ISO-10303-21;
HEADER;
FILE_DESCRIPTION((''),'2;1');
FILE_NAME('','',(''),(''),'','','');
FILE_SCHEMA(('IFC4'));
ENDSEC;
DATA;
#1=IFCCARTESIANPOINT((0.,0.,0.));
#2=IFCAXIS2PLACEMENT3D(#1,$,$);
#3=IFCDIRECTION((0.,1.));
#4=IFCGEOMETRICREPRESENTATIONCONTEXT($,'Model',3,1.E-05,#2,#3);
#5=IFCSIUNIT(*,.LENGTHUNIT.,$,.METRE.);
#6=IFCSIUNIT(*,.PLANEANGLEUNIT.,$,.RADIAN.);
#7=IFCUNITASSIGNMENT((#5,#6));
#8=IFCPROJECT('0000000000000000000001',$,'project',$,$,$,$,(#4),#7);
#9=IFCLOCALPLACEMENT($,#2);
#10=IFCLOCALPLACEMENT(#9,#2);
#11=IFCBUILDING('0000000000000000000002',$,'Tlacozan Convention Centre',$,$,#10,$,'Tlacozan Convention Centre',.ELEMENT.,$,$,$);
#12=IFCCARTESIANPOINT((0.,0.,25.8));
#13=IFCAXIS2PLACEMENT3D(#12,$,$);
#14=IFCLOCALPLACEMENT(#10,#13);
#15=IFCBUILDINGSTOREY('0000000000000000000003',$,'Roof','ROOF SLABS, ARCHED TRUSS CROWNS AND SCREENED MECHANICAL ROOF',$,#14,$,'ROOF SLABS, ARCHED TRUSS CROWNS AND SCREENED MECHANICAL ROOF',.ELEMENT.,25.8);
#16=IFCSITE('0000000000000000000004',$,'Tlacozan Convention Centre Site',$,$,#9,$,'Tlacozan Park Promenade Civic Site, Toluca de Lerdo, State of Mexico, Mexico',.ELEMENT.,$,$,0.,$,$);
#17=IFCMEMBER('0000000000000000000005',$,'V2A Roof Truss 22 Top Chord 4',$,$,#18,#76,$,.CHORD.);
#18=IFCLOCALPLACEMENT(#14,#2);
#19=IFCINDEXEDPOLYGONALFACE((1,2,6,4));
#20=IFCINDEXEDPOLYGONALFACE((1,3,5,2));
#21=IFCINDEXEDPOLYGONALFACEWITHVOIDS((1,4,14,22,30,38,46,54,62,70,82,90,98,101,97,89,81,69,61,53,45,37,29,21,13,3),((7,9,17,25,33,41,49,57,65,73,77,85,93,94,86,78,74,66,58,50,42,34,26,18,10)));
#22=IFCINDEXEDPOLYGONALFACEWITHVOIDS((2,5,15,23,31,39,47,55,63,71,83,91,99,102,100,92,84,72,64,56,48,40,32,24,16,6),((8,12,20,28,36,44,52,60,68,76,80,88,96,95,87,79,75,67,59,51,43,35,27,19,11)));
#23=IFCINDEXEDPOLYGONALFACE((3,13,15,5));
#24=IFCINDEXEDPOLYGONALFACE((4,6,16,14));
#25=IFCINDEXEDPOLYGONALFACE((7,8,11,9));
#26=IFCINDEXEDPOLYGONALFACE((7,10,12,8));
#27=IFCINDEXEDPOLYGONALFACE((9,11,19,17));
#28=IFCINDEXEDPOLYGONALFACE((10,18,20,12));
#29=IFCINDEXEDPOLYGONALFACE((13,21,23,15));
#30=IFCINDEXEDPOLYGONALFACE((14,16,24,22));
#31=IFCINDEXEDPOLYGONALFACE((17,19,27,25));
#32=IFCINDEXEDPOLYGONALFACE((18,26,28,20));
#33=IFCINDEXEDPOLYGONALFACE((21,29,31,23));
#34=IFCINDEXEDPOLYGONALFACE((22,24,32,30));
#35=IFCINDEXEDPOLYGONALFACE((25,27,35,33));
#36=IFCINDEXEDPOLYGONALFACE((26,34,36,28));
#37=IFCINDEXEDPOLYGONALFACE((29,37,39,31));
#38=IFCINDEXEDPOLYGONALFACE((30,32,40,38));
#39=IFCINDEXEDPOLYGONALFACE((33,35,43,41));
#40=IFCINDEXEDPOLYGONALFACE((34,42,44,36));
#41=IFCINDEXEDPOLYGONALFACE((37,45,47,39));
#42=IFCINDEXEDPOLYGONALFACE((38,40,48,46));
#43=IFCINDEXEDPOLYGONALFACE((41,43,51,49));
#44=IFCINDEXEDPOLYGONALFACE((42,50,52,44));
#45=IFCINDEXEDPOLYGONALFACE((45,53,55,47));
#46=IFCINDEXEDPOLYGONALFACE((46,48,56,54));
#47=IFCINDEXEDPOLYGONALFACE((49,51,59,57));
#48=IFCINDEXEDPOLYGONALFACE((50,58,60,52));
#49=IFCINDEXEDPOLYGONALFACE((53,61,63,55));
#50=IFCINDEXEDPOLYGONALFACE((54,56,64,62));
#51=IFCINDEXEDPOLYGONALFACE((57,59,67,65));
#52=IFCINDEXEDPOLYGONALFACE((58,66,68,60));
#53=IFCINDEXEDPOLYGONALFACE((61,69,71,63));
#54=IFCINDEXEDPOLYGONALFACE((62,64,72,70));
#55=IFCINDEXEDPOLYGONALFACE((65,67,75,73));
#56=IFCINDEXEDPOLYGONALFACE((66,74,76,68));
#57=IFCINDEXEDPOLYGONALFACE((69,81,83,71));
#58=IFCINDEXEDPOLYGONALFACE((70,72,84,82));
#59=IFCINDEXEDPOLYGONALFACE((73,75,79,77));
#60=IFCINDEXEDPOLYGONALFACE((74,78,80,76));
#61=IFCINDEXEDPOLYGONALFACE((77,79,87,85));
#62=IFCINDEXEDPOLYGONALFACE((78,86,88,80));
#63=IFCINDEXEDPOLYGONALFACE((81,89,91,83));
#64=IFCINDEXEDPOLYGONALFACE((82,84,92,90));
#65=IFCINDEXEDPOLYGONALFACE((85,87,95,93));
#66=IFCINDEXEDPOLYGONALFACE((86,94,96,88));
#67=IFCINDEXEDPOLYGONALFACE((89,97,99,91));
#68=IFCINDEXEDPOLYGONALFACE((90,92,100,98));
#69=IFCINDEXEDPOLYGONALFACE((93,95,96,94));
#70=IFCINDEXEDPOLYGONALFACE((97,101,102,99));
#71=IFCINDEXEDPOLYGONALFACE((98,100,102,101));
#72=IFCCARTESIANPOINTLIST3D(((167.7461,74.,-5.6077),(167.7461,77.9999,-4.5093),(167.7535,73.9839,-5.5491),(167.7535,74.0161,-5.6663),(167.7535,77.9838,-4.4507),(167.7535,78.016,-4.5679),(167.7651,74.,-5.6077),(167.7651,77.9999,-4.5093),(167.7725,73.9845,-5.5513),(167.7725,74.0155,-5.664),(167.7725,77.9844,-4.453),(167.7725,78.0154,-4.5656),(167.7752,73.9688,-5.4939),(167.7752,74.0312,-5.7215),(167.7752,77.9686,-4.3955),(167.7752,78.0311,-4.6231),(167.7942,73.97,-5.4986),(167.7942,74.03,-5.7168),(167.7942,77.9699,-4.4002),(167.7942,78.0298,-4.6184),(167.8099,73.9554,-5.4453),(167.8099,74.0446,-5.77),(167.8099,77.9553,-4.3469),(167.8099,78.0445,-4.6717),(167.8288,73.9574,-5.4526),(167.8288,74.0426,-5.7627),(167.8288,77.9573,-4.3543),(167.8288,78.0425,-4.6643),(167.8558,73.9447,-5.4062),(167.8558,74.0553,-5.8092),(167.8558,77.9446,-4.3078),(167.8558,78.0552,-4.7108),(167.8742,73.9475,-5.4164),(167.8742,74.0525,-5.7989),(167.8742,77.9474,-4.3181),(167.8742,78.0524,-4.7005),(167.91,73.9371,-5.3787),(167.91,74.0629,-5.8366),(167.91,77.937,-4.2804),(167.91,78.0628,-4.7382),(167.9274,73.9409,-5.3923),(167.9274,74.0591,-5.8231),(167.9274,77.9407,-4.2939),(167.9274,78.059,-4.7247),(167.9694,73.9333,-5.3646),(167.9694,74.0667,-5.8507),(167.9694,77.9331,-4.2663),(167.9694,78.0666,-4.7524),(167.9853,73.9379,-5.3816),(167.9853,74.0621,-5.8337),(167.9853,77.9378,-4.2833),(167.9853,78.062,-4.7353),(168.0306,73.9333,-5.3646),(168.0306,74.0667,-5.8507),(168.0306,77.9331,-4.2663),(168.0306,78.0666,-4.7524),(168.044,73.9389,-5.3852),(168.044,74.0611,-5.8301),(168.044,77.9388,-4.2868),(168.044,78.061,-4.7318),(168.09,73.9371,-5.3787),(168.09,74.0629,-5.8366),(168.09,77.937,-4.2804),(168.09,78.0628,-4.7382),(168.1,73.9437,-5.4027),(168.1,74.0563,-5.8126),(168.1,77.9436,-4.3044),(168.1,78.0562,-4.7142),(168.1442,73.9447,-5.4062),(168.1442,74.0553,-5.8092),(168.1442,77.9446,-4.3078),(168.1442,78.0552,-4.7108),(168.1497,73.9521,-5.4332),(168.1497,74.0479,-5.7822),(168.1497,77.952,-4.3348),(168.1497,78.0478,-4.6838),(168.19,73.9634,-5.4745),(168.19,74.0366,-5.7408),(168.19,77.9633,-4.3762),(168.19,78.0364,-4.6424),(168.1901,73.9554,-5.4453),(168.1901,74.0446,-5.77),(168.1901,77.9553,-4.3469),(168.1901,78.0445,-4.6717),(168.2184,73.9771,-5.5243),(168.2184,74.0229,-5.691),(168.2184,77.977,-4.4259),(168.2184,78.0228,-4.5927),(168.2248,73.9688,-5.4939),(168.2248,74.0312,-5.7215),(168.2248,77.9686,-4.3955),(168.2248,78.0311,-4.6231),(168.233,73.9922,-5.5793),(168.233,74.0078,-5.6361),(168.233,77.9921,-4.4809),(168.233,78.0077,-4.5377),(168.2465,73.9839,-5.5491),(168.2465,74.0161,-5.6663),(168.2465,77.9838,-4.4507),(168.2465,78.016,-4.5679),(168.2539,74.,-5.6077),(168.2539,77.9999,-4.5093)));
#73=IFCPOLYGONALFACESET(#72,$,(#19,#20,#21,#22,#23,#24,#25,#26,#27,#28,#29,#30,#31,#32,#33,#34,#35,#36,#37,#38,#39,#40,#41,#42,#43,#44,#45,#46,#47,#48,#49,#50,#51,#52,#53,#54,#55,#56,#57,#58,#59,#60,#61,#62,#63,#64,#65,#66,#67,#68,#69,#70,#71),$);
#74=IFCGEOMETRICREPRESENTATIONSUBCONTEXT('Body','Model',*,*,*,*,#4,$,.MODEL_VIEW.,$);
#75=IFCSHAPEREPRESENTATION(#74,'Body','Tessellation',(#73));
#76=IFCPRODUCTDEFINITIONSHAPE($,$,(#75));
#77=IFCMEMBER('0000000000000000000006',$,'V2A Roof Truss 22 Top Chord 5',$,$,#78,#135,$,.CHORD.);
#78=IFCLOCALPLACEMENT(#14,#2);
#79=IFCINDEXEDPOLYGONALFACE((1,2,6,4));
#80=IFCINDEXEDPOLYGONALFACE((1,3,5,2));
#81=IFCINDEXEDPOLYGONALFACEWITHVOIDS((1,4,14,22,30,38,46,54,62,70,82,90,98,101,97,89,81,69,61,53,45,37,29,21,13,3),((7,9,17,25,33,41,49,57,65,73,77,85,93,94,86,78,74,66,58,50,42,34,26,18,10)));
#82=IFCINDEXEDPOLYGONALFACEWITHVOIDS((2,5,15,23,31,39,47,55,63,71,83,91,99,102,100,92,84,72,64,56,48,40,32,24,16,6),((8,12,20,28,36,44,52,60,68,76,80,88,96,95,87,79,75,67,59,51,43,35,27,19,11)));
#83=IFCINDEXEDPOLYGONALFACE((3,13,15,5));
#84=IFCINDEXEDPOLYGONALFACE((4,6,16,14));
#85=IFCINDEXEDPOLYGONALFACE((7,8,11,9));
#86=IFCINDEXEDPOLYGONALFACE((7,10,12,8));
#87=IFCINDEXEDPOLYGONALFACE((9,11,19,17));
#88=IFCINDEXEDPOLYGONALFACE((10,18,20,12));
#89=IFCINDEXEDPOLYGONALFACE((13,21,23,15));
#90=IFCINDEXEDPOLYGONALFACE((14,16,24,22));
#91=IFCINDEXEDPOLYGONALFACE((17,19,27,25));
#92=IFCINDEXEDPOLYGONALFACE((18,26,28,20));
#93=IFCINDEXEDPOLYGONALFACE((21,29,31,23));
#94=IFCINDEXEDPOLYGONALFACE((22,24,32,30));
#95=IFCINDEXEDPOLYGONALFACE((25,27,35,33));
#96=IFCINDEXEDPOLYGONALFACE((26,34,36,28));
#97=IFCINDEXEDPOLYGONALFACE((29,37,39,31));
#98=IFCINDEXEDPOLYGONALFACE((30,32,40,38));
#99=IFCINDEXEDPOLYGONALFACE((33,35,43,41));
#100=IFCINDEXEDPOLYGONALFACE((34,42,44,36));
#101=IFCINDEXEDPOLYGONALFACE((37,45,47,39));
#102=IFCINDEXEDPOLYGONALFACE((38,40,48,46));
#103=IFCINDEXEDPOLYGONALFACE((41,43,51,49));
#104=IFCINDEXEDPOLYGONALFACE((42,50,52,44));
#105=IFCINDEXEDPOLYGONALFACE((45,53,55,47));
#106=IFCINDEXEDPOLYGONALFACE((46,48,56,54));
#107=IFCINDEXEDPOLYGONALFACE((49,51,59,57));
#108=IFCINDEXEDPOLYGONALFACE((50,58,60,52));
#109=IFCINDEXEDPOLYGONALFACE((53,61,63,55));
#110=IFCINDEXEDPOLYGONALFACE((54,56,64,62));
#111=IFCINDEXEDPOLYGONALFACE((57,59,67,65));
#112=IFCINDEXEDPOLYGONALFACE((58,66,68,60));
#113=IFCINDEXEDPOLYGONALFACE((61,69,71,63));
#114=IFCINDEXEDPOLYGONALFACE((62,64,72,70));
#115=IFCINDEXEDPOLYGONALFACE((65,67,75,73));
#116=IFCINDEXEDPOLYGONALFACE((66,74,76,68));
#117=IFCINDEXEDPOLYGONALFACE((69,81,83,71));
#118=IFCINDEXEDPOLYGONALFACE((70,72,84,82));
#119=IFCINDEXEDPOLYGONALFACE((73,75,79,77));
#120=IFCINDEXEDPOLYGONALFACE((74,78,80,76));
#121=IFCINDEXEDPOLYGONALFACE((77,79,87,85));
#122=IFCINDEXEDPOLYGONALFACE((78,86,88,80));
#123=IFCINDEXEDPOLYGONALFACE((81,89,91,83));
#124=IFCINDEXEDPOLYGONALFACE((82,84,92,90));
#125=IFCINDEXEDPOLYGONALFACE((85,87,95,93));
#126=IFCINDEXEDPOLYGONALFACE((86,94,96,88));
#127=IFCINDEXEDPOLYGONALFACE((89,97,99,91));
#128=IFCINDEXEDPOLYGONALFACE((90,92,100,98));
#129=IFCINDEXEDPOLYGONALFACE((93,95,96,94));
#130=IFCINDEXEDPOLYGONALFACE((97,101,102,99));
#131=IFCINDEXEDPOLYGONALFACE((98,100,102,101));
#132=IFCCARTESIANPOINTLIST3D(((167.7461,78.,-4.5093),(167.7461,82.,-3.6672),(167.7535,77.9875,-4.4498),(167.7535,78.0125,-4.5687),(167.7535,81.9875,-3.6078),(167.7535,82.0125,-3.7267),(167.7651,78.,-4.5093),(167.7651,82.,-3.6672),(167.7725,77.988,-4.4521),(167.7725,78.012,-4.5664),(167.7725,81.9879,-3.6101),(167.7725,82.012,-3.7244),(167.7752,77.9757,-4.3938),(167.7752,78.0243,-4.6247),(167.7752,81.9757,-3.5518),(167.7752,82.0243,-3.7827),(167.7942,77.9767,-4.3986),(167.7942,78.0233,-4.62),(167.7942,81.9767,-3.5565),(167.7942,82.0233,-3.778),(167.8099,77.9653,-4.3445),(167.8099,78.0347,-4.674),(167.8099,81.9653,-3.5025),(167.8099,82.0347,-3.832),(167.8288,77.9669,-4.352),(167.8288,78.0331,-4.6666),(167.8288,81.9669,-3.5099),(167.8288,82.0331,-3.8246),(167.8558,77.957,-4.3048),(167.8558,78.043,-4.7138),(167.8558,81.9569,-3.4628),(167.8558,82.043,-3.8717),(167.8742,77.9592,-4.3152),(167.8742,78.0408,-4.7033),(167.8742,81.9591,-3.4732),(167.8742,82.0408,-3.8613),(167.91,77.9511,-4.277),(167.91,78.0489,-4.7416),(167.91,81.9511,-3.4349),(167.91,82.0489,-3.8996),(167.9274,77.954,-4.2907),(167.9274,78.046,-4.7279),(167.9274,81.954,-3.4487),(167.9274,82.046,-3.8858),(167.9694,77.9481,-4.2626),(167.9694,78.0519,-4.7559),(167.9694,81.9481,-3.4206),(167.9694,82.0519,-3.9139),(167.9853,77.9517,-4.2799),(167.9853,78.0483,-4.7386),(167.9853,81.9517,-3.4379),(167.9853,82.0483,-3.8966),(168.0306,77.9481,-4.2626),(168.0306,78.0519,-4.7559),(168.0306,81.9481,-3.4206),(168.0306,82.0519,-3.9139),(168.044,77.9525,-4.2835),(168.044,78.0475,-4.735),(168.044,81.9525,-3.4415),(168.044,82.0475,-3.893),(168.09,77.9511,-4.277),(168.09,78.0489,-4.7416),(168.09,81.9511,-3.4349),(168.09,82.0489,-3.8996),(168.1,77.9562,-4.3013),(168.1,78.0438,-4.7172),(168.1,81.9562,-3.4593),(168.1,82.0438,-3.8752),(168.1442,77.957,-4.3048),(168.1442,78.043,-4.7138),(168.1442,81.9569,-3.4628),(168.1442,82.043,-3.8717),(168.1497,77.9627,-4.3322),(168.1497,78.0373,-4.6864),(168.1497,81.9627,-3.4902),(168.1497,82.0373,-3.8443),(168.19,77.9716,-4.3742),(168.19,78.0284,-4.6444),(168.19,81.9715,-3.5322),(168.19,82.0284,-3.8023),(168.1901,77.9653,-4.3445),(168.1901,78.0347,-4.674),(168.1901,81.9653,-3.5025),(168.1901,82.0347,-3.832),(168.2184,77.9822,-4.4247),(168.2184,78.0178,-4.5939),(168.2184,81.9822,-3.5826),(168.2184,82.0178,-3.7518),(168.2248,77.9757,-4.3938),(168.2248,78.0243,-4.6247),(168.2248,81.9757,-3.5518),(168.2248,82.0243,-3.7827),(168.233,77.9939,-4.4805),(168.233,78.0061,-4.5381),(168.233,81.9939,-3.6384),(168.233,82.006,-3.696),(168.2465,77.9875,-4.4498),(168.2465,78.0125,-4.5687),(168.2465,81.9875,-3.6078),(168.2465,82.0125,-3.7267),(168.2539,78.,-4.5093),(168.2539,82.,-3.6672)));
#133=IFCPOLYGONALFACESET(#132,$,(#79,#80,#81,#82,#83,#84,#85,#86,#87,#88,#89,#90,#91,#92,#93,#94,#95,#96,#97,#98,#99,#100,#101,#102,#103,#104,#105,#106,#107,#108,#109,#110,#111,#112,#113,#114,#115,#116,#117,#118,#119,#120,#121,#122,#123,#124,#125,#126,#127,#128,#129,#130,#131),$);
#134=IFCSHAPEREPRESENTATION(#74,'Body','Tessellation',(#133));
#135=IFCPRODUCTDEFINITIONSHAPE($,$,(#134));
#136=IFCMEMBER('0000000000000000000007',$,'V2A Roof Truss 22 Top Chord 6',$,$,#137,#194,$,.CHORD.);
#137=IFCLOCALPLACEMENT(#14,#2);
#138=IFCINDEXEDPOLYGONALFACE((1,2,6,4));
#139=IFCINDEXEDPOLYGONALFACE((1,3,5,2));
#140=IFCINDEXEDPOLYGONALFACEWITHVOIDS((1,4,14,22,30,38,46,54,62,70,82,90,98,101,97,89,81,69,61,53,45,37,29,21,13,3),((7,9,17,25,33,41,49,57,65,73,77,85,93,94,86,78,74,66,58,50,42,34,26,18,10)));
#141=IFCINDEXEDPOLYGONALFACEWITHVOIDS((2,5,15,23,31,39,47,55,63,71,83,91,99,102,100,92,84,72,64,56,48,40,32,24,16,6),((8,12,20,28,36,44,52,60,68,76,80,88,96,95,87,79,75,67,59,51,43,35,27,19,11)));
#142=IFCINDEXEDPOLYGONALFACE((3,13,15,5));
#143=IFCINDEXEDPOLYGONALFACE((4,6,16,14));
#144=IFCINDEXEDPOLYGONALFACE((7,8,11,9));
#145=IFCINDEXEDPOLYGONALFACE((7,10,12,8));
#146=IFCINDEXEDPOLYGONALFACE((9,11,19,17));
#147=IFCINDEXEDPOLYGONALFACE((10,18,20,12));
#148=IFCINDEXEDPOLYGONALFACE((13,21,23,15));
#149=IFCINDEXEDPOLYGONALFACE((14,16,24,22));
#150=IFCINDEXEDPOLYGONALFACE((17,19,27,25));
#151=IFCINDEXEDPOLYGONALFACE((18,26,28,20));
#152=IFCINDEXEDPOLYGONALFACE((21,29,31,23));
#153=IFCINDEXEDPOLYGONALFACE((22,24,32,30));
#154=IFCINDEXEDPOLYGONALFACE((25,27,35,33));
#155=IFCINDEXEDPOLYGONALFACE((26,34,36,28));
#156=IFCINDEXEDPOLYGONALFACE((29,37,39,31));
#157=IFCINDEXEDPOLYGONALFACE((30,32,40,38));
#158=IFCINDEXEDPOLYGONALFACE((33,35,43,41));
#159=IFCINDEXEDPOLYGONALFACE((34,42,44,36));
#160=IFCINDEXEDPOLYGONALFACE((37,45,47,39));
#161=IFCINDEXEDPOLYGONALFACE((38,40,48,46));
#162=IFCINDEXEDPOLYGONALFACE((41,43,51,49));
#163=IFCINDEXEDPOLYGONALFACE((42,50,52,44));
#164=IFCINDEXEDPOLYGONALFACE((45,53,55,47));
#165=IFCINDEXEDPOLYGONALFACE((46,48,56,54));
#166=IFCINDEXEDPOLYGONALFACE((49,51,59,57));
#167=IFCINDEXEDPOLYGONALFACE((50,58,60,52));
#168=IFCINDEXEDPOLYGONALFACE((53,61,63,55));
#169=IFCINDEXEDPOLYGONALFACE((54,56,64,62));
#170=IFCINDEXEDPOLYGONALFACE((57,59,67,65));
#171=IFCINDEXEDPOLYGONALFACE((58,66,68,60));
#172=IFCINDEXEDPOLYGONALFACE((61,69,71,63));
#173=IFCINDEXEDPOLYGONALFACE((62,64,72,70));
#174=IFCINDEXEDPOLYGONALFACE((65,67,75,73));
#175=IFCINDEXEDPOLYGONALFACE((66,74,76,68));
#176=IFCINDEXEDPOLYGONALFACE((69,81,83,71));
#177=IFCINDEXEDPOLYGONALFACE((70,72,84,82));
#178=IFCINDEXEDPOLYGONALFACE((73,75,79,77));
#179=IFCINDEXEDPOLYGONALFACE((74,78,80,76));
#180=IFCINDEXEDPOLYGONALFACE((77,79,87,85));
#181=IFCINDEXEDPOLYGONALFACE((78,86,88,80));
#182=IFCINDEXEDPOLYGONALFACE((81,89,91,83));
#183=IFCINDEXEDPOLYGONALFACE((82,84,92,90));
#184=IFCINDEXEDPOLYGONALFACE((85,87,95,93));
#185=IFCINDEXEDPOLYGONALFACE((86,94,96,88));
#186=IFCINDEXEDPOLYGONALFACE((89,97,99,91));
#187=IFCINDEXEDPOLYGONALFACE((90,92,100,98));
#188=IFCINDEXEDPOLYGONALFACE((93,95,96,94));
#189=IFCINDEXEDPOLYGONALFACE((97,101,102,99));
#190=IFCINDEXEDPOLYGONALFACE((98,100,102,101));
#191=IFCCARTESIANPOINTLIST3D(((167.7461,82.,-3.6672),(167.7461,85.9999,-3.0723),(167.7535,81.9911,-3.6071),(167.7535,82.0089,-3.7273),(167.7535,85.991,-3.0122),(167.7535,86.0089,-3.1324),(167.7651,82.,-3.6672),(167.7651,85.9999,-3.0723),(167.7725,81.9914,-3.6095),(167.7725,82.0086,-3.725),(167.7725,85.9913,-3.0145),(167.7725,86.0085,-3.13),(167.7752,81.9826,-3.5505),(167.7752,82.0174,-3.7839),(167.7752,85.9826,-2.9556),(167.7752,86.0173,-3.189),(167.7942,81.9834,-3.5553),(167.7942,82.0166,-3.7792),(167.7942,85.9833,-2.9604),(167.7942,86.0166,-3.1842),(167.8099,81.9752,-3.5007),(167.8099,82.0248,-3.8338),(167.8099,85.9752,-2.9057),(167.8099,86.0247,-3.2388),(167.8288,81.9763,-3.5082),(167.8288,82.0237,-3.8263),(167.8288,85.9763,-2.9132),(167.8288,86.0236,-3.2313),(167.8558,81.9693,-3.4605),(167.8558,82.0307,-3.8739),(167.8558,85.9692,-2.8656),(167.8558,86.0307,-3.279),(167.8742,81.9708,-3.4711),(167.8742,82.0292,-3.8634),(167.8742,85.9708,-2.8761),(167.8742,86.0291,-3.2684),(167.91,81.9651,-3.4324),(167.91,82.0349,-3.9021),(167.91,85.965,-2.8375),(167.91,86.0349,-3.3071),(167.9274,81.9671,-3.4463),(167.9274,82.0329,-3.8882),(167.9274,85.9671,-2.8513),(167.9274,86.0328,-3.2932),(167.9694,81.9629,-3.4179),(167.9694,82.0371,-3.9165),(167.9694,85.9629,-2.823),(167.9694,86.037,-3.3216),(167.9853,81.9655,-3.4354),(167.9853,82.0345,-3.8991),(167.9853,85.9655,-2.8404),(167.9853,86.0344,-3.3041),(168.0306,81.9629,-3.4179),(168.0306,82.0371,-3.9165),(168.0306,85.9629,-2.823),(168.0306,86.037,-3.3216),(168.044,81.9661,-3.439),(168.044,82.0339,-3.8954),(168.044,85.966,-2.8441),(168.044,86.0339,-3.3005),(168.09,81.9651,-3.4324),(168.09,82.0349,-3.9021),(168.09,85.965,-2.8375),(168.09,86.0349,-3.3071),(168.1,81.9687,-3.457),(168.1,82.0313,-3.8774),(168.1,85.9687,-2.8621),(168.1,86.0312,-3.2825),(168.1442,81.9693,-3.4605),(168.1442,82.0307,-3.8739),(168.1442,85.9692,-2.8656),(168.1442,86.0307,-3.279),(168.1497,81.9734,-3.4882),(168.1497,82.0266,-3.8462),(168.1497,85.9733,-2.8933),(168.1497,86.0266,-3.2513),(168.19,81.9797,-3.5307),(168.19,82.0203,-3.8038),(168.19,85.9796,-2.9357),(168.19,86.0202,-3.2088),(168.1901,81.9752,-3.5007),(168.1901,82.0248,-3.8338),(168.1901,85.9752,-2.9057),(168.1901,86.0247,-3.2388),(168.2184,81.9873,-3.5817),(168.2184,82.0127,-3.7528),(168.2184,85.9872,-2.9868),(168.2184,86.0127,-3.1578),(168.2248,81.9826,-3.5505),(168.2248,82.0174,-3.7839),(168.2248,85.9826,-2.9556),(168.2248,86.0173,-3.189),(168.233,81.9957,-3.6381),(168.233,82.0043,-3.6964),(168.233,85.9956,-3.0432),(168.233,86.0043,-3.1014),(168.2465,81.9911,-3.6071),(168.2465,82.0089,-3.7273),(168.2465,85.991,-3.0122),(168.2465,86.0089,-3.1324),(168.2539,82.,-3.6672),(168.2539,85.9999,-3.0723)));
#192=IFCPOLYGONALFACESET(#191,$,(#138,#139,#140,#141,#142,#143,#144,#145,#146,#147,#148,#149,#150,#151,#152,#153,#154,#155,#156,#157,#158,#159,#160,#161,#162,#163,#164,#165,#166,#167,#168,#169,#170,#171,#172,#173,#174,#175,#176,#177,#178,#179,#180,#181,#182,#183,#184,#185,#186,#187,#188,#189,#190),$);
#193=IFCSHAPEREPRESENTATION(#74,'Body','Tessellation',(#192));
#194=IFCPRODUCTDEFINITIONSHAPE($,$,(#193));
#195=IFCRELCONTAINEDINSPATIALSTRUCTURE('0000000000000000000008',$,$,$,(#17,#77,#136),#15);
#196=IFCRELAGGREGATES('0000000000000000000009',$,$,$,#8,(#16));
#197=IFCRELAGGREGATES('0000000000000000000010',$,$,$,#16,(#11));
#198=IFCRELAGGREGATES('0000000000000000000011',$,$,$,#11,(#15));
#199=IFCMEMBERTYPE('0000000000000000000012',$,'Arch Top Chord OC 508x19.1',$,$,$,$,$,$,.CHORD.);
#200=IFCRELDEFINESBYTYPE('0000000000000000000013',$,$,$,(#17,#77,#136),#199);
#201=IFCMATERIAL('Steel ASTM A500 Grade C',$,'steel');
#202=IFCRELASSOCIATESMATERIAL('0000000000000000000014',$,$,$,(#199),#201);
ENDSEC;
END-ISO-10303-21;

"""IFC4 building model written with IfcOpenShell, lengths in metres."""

from ifc_helpers import new_model, si_unit, direction, frame, origin, origin_2d, place, context, subcontext, project, spatial, hollow_circle, extrude, material, material_profile, profile_set, type_object, element, save


model = new_model("IFC4")

# Units and contexts
model_context = context("Model", 3, precision=1e-05, world=origin(), true_north=direction((0.0, 1.0)))
body_context = subcontext(model_context, "Body", "Model", "MODEL_VIEW")
ifc_project = project(units=[si_unit("LENGTHUNIT", "METRE"), si_unit("PLANEANGLEUNIT", "RADIAN")], contexts=[model_context])

# Site, building, storey
site_placement = place(None, origin())
site = spatial("IfcSite", under=ifc_project, at=site_placement, Name="Tlacozan Convention Centre Site", LongName="Tlacozan Park Promenade Civic Site, Toluca de Lerdo, State of Mexico, Mexico", CompositionType="ELEMENT", RefElevation=0.0)
building_placement = place(site_placement, origin())
building = spatial("IfcBuilding", under=site, at=building_placement, Name="Tlacozan Convention Centre", LongName="Tlacozan Convention Centre", CompositionType="ELEMENT")
storey_placement = place(building_placement, frame((0.0, 0.0, 25.8)))
storey = spatial("IfcBuildingStorey", under=building, at=storey_placement, Name="Roof", Description="ROOF SLABS, ARCHED TRUSS CROWNS AND SCREENED MECHANICAL ROOF", LongName="ROOF SLABS, ARCHED TRUSS CROWNS AND SCREENED MECHANICAL ROOF", CompositionType="ELEMENT", Elevation=25.8)

# Members
ifc_material_1 = material(Name="Steel ASTM A500 Grade C", Category="steel")
ifc_material_profile_1 = material_profile(ifc_material_1, hollow_circle(Radius=0.2539, WallThickness=0.019, at=origin_2d()), Name="OC 508.0x19.1")
ifc_profile_set_1 = profile_set([ifc_material_profile_1], Name="Steel ASTM A500 Grade C")
member_type_1 = type_object("IfcMemberType", Name="Arch Top Chord OC 508x19.1", PredefinedType="CHORD", material=ifc_profile_set_1)
member_1_placement = place(storey_placement, frame((168.0, 74.0, -5.6077), z_axis=(0.0, 0.964305, 0.264795), x_axis=(-1.0, 0.0, 0.0)))
element("IfcMember", 1, at=member_1_placement, inside=storey, type_object=member_type_1, Name="V2A Roof Truss 22 Top Chord 4", PredefinedType="CHORD", context=body_context, shape_type="SweptSolid", body=[
    extrude(hollow_circle(Radius=0.2539, WallThickness=0.019, at=origin_2d()), origin(), (0.0, 0.0, 1.0), 4.1479),
])
member_2_placement = place(storey_placement, frame((168.0, 78.0, -4.5093), z_axis=(0.0, 0.978553, 0.205995), x_axis=(-1.0, 0.0, 0.0)))
element("IfcMember", 2, at=member_2_placement, inside=storey, type_object=member_type_1, Name="V2A Roof Truss 22 Top Chord 5", PredefinedType="CHORD", context=body_context, shape_type="SweptSolid", body=[
    extrude(hollow_circle(Radius=0.2539, WallThickness=0.019, at=origin_2d()), origin(), (0.0, 0.0, 1.0), 4.0876),
])
member_3_placement = place(storey_placement, frame((168.0, 82.0, -3.6672), z_axis=(0.0, 0.989118, 0.147124), x_axis=(-1.0, 0.0, 0.0)))
element("IfcMember", 3, at=member_3_placement, inside=storey, type_object=member_type_1, Name="V2A Roof Truss 22 Top Chord 6", PredefinedType="CHORD", context=body_context, shape_type="SweptSolid", body=[
    extrude(hollow_circle(Radius=0.2539, WallThickness=0.019, at=origin_2d()), origin(), (0.0, 0.0, 1.0), 4.0439),
])

save(model, "model.ifc")
